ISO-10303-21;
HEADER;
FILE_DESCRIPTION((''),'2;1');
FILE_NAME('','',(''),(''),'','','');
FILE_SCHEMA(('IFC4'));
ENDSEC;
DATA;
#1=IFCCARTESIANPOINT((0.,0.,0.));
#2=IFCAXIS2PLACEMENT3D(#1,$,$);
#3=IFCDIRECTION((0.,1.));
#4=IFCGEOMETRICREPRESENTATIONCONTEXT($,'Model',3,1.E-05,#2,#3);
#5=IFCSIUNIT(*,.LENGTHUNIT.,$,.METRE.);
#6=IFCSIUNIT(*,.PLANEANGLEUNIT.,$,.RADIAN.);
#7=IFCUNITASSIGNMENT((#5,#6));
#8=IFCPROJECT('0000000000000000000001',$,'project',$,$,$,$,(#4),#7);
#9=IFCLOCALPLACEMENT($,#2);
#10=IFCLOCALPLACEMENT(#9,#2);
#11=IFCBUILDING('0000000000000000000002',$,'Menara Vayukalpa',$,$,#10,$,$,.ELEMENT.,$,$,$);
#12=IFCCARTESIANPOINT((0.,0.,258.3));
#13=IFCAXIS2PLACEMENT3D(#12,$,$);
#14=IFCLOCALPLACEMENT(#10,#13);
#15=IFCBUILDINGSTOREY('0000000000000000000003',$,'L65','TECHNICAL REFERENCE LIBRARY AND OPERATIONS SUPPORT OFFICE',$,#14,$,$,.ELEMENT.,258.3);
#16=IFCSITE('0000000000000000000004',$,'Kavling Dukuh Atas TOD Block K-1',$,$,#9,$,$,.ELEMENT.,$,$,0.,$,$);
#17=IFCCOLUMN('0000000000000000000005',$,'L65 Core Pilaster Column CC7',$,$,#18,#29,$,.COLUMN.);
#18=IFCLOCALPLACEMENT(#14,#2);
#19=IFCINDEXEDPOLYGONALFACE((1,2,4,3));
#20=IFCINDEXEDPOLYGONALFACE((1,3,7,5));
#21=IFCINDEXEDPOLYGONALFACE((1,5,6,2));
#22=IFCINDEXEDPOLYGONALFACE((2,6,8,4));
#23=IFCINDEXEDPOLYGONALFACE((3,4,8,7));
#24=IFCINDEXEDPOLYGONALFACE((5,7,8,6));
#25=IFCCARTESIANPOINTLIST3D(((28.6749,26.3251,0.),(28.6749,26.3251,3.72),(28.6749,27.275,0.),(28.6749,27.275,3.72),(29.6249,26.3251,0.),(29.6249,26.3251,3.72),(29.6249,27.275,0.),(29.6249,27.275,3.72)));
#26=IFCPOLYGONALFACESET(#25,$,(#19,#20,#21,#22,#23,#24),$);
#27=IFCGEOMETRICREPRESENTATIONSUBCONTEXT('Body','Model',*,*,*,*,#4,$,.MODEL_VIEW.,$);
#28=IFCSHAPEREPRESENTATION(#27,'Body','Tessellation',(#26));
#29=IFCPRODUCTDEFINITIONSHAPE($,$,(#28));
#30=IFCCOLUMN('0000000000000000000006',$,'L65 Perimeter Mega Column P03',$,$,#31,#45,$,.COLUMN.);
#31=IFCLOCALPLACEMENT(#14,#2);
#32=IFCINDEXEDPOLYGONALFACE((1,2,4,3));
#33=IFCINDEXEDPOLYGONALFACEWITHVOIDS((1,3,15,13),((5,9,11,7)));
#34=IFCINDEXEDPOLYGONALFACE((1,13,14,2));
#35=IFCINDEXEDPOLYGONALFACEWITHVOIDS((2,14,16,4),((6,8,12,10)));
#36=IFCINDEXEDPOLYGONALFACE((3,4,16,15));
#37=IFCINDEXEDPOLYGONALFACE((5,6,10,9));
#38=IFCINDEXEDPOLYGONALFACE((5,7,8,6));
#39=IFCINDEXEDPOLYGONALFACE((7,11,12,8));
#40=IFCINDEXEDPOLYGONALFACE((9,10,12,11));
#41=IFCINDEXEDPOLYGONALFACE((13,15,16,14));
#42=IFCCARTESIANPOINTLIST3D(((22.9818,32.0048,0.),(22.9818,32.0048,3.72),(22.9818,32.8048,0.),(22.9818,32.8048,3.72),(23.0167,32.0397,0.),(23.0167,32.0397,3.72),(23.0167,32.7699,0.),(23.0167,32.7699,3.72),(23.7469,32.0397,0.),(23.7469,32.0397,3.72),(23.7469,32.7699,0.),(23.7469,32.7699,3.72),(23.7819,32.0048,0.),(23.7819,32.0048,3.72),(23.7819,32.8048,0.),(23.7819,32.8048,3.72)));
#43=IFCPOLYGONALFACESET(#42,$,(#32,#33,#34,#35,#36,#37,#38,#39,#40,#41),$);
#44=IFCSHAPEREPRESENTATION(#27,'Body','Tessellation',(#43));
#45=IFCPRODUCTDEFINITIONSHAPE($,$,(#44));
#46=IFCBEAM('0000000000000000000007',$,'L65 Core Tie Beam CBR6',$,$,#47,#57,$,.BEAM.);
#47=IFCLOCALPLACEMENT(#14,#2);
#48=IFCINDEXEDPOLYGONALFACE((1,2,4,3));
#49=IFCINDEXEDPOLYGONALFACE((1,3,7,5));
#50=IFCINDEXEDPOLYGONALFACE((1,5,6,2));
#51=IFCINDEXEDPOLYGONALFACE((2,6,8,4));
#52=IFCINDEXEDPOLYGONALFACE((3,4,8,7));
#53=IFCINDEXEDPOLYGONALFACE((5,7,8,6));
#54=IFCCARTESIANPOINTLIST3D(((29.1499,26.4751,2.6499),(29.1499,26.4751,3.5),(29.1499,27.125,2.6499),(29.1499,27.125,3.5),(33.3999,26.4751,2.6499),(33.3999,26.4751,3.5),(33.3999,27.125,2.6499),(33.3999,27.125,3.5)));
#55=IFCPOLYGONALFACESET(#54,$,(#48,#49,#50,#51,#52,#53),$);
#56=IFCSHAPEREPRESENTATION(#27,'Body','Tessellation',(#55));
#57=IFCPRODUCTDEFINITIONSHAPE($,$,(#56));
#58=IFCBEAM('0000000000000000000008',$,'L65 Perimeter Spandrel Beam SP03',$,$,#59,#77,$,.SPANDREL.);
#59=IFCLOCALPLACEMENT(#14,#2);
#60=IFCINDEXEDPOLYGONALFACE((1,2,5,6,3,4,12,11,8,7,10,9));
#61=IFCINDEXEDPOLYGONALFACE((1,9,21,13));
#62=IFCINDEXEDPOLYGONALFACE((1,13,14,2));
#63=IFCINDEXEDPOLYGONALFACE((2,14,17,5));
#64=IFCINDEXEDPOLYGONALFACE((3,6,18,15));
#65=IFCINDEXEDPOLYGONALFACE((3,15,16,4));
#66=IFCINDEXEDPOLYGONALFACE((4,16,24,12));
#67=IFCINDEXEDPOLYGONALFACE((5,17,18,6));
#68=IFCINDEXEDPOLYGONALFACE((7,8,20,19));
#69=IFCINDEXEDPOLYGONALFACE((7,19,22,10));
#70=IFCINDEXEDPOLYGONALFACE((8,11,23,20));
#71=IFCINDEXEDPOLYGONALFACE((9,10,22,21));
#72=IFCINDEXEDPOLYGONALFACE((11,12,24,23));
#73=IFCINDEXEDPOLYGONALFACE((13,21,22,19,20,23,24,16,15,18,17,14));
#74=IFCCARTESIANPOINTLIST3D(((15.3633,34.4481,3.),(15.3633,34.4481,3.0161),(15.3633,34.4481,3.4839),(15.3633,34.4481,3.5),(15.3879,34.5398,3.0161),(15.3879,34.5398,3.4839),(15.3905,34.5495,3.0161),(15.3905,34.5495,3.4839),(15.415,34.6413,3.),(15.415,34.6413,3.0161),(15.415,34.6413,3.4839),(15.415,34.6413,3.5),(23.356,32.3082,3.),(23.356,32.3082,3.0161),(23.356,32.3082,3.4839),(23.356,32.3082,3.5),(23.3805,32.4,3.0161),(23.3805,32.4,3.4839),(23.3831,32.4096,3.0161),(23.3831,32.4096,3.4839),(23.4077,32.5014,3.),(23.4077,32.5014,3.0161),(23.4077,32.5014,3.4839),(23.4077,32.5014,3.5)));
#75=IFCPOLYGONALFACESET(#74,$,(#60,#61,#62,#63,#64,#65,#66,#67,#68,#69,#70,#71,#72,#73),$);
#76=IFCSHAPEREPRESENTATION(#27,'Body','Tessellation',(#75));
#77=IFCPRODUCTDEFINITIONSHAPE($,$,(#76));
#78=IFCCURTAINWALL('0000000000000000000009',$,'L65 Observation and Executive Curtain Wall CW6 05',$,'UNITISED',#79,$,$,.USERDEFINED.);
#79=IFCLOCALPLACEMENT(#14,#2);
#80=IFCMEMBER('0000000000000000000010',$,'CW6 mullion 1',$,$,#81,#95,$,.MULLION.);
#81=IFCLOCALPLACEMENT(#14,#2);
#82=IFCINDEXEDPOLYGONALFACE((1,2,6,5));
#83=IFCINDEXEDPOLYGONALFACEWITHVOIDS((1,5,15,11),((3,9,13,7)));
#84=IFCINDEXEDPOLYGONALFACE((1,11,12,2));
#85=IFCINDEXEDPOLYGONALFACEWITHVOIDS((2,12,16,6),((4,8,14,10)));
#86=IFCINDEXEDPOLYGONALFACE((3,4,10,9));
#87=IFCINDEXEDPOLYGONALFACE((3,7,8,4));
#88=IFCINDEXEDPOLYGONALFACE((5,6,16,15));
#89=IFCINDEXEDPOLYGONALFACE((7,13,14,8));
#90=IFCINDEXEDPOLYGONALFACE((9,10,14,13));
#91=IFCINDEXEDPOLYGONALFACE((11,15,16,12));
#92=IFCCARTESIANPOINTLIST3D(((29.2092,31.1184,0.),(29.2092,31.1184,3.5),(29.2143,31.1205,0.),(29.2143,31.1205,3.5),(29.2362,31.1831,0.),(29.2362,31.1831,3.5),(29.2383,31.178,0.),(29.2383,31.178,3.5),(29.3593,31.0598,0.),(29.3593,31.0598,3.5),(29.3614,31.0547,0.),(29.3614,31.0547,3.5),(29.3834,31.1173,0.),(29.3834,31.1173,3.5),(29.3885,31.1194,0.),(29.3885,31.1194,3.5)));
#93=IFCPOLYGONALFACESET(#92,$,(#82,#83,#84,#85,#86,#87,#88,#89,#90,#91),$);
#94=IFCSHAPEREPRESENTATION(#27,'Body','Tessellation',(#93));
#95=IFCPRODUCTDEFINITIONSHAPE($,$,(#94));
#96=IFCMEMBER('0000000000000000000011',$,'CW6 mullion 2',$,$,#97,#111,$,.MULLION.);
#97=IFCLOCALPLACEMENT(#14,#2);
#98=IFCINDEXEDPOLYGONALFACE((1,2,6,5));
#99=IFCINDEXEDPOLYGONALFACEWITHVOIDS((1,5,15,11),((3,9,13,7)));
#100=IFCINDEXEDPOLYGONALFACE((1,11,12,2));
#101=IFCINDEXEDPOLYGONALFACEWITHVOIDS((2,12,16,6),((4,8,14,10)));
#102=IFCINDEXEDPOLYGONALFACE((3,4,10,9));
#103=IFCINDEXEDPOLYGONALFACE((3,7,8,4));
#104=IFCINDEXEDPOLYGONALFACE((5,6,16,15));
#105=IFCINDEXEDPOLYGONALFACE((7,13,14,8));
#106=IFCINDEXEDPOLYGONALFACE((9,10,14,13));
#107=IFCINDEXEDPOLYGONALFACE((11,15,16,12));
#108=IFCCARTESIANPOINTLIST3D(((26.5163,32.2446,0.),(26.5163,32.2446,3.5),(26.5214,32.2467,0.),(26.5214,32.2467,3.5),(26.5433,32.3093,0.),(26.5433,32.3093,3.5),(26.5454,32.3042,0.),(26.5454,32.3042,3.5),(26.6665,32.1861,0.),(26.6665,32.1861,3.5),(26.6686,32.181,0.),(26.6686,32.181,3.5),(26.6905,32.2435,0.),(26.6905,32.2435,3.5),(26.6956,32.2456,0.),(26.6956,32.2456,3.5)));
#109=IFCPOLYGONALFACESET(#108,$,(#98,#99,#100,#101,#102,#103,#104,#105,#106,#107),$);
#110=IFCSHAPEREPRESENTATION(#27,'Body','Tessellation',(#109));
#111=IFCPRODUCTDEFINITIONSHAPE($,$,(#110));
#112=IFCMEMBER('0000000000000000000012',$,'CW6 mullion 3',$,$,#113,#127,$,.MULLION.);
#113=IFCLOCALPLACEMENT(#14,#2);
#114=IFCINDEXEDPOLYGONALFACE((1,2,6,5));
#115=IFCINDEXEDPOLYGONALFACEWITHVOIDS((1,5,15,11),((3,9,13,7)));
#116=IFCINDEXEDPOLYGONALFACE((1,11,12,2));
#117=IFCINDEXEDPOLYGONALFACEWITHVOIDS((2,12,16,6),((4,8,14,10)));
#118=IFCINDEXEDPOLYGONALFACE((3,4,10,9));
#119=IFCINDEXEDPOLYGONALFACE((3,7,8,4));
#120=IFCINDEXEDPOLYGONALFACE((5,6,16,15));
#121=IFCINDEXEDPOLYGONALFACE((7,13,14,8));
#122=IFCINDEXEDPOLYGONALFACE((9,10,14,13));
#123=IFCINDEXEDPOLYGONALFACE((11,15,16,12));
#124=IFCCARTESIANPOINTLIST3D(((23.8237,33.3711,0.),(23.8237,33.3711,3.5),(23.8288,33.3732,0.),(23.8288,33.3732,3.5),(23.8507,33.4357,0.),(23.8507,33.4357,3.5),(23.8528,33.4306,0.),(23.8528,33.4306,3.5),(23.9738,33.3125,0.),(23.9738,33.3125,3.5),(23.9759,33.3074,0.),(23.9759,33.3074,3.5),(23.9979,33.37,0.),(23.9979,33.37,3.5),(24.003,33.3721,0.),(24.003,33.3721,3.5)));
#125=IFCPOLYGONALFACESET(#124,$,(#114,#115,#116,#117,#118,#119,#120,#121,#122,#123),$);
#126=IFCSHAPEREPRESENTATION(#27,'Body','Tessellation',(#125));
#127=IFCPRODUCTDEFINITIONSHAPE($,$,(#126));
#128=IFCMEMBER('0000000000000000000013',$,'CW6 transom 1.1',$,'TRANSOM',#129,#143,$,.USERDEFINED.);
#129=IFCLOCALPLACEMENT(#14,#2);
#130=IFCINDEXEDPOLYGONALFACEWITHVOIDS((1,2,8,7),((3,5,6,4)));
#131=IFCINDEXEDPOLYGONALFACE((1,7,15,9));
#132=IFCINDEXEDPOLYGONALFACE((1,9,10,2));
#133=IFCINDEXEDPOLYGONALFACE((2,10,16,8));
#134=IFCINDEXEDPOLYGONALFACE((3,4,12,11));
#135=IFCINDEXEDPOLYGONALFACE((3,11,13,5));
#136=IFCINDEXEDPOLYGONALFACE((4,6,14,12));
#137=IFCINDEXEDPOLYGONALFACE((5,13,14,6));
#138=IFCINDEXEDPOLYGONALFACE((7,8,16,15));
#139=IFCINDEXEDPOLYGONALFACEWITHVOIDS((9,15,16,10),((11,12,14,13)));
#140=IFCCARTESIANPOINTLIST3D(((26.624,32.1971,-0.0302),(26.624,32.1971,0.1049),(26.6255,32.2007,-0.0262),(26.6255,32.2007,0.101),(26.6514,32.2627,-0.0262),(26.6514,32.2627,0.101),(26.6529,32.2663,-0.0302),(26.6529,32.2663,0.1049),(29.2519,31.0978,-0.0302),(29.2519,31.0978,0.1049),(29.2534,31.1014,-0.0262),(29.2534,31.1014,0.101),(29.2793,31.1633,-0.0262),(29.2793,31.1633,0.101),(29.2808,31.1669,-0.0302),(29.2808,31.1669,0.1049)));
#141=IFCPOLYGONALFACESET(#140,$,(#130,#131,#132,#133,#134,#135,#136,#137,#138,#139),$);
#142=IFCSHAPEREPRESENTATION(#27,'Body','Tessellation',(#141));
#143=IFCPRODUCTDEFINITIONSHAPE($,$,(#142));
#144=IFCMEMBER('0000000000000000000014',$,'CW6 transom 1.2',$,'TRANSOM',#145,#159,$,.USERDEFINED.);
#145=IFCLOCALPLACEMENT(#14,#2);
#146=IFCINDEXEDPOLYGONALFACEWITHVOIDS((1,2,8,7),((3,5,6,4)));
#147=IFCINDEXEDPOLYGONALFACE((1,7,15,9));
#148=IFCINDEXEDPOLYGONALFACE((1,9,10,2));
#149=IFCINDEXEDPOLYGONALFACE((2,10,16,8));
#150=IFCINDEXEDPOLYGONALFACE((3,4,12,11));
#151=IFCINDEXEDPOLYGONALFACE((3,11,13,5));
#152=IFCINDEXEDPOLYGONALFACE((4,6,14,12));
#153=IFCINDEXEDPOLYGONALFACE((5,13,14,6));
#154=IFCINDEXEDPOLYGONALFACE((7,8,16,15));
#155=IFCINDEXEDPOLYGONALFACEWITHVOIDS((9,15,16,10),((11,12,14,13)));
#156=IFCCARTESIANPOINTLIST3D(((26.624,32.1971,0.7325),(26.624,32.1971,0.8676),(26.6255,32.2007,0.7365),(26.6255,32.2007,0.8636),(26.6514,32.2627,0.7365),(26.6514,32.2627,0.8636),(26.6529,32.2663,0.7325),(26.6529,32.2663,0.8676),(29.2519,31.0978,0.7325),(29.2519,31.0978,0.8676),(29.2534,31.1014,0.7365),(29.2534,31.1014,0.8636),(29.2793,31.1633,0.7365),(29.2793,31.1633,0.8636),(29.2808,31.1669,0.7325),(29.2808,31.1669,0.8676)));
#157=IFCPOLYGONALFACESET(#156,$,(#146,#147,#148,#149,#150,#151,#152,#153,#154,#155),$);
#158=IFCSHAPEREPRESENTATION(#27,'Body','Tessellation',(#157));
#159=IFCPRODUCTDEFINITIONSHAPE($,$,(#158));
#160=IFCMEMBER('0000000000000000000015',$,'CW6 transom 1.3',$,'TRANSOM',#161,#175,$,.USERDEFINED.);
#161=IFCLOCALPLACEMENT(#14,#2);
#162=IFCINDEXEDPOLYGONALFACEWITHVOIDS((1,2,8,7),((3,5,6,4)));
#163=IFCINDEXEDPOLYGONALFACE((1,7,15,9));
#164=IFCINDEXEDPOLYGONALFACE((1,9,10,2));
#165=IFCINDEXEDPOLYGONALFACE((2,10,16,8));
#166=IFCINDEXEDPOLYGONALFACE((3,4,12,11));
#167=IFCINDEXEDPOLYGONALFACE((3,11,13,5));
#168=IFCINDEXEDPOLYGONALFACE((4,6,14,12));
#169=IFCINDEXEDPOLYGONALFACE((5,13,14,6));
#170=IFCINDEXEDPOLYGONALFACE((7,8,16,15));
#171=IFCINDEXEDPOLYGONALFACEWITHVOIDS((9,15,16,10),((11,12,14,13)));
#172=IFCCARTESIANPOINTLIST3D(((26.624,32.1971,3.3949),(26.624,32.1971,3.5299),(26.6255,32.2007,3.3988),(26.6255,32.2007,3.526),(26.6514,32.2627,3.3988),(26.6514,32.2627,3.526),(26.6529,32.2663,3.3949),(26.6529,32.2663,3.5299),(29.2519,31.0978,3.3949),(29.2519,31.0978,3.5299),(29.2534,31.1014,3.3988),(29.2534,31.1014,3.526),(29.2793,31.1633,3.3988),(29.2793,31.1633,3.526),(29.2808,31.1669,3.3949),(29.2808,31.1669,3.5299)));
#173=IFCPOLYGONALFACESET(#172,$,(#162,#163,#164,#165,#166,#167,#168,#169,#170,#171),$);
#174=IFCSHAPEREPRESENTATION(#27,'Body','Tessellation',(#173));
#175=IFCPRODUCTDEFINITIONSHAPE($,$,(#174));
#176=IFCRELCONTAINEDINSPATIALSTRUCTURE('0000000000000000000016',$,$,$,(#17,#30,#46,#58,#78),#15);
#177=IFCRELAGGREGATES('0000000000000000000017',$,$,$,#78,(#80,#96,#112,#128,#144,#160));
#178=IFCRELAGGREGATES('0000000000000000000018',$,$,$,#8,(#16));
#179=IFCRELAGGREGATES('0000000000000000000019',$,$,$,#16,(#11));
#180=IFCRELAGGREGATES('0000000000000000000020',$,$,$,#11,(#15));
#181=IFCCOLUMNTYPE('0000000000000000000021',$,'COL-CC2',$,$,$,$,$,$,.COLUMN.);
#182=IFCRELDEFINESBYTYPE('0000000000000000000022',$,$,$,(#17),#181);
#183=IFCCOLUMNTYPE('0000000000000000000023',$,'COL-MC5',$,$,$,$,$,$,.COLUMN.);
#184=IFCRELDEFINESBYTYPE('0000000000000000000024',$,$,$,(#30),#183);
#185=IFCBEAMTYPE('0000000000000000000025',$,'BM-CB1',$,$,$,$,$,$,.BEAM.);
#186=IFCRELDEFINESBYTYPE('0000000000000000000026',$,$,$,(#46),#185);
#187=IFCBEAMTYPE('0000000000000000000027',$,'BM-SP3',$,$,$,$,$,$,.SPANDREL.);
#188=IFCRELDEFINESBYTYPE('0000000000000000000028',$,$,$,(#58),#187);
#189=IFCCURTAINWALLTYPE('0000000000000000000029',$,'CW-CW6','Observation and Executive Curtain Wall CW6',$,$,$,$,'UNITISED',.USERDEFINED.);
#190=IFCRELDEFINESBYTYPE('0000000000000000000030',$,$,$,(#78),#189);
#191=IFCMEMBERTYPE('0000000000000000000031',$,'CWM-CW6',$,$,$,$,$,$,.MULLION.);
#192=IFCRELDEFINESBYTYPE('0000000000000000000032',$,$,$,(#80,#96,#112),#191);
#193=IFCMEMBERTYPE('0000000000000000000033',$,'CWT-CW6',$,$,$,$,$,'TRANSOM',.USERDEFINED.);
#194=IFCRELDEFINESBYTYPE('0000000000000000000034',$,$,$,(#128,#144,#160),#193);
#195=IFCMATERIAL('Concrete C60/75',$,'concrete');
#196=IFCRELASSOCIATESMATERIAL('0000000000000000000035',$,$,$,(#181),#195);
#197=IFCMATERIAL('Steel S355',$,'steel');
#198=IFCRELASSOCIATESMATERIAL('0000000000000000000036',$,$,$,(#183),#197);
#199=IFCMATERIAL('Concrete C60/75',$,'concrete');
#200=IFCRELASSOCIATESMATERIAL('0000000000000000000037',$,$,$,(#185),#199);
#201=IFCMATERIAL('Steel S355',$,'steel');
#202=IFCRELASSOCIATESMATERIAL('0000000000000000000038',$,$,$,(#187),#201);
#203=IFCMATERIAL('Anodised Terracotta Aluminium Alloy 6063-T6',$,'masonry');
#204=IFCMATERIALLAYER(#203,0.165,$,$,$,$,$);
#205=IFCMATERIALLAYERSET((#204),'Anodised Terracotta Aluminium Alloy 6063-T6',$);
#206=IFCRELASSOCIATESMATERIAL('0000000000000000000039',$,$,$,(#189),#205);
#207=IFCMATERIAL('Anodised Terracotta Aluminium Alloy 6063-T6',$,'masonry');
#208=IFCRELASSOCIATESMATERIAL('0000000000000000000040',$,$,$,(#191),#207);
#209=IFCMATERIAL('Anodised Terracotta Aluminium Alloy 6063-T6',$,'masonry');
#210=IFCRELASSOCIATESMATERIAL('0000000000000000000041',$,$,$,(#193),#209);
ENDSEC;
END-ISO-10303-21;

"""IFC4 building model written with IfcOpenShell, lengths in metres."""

from ifc_helpers import new_model, si_unit, direction, frame, origin, origin_2d, place, context, subcontext, project, spatial, rectangle, hollow_rectangle, i_section, extrude, material, layer, layer_set, material_profile, profile_set, type_object, element, aggregate, save


model = new_model("IFC4")

# Units and contexts
model_context = context("Model", 3, precision=1e-05, world=origin(), true_north=direction((0.0, 1.0)))
body_context = subcontext(model_context, "Body", "Model", "MODEL_VIEW")
ifc_project = project(units=[si_unit("LENGTHUNIT", "METRE"), si_unit("PLANEANGLEUNIT", "RADIAN")], contexts=[model_context])

# Site, building, storey
site_placement = place(None, origin())
site = spatial("IfcSite", under=ifc_project, at=site_placement, Name="Kavling Dukuh Atas TOD Block K-1", CompositionType="ELEMENT", RefElevation=0.0)
building_placement = place(site_placement, origin())
building = spatial("IfcBuilding", under=site, at=building_placement, Name="Menara Vayukalpa", CompositionType="ELEMENT")
storey_placement = place(building_placement, frame((0.0, 0.0, 258.3)))
storey = spatial("IfcBuildingStorey", under=building, at=storey_placement, Name="L65", Description="TECHNICAL REFERENCE LIBRARY AND OPERATIONS SUPPORT OFFICE", CompositionType="ELEMENT", Elevation=258.3)

# Columns
ifc_material_1 = material(Name="Concrete C60/75", Category="concrete")
ifc_material_profile_1 = material_profile(ifc_material_1, rectangle(XDim=0.95, YDim=0.95, at=origin_2d()), Name="RC 950x950")
ifc_profile_set_1 = profile_set([ifc_material_profile_1], Name="Concrete C60/75")
column_type_1 = type_object("IfcColumnType", Name="COL-CC2", PredefinedType="COLUMN", material=ifc_profile_set_1)
column_1_placement = place(storey_placement, frame((29.1499, 26.8, 0.0), z_axis=(0.0, 0.0, 1.0), x_axis=(1.0, 0.0, 0.0)))
element("IfcColumn", 1, at=column_1_placement, inside=storey, type_object=column_type_1, Name="L65 Core Pilaster Column CC7", PredefinedType="COLUMN", context=body_context, shape_type="SweptSolid", body=[
    extrude(rectangle(XDim=0.95, YDim=0.95, at=origin_2d()), origin(), (0.0, 0.0, 1.0), 3.72),
])
ifc_material_2 = material(Name="Steel S355", Category="steel")
ifc_material_profile_2 = material_profile(ifc_material_2, hollow_rectangle(XDim=0.8, YDim=0.8, WallThickness=0.0349, at=origin_2d()), Name="BOX 800x800x35")
ifc_profile_set_2 = profile_set([ifc_material_profile_2], Name="Steel S355")
column_type_2 = type_object("IfcColumnType", Name="COL-MC5", PredefinedType="COLUMN", material=ifc_profile_set_2)
column_2_placement = place(storey_placement, frame((23.3818, 32.4048, 0.0), z_axis=(0.0, 0.0, 1.0), x_axis=(1.0, 0.0, 0.0)))
element("IfcColumn", 2, at=column_2_placement, inside=storey, type_object=column_type_2, Name="L65 Perimeter Mega Column P03", PredefinedType="COLUMN", context=body_context, shape_type="SweptSolid", body=[
    extrude(hollow_rectangle(XDim=0.8, YDim=0.8, WallThickness=0.0349, at=origin_2d()), origin(), (0.0, 0.0, 1.0), 3.72),
])

# Beams
ifc_material_3 = material(Name="Concrete C60/75", Category="concrete")
ifc_material_profile_3 = material_profile(ifc_material_3, rectangle(XDim=0.6499, YDim=0.8501, at=origin_2d()), Name="RC 650x850")
ifc_profile_set_3 = profile_set([ifc_material_profile_3], Name="Concrete C60/75")
beam_type_1 = type_object("IfcBeamType", Name="BM-CB1", PredefinedType="BEAM", material=ifc_profile_set_3)
beam_1_placement = place(storey_placement, frame((29.1499, 26.8, 3.075), z_axis=(1.0, 0.0, 0.0), x_axis=(0.0, 1.0, 0.0)))
element("IfcBeam", 3, at=beam_1_placement, inside=storey, type_object=beam_type_1, Name="L65 Core Tie Beam CBR6", PredefinedType="BEAM", context=body_context, shape_type="SweptSolid", body=[
    extrude(rectangle(XDim=0.6499, YDim=0.8501, at=origin_2d()), origin(), (0.0, 0.0, 1.0), 4.25),
])
ifc_material_4 = material(Name="Steel S355", Category="steel")
ifc_material_profile_4 = material_profile(ifc_material_4, i_section(OverallWidth=0.2, OverallDepth=0.5, WebThickness=0.01, FlangeThickness=0.0161, at=origin_2d()), Name="WF 500x200x10x16")
ifc_profile_set_4 = profile_set([ifc_material_profile_4], Name="Steel S355")
beam_type_2 = type_object("IfcBeamType", Name="BM-SP3", PredefinedType="SPANDREL", material=ifc_profile_set_4)
beam_2_placement = place(storey_placement, frame((23.3818, 32.4048, 3.25), z_axis=(-0.965978, 0.258623, 0.0), x_axis=(-0.258623, -0.965978, 0.0)))
element("IfcBeam", 4, at=beam_2_placement, inside=storey, type_object=beam_type_2, Name="L65 Perimeter Spandrel Beam SP03", PredefinedType="SPANDREL", context=body_context, shape_type="SweptSolid", body=[
    extrude(i_section(OverallWidth=0.2, OverallDepth=0.5, WebThickness=0.01, FlangeThickness=0.0161, at=origin_2d()), origin(), (0.0, 0.0, 1.0), 8.2742),
])

# Curtain wall, members
ifc_material_5 = material(Name="Anodised Terracotta Aluminium Alloy 6063-T6", Category="masonry")
ifc_layer_1 = layer(ifc_material_5, 0.165)
ifc_layer_set_1 = layer_set([ifc_layer_1], Name="Anodised Terracotta Aluminium Alloy 6063-T6")
curtain_wall_type = type_object("IfcCurtainWallType", Name="CW-CW6", Description="Observation and Executive Curtain Wall CW6", ElementType="UNITISED", PredefinedType="USERDEFINED", material=ifc_layer_set_1)
curtain_wall_placement = place(storey_placement, origin())
curtain_wall = element("IfcCurtainWall", 5, at=curtain_wall_placement, inside=storey, type_object=curtain_wall_type, Name="L65 Observation and Executive Curtain Wall CW6 05", ObjectType="UNITISED", PredefinedType="USERDEFINED")
ifc_material_6 = material(Name="Anodised Terracotta Aluminium Alloy 6063-T6", Category="masonry")
ifc_material_profile_5 = material_profile(ifc_material_6, hollow_rectangle(XDim=0.0701, YDim=0.165, WallThickness=0.0039, at=origin_2d()), Name="ALU 70x165x4")
ifc_profile_set_5 = profile_set([ifc_material_profile_5], Name="Anodised Terracotta Aluminium Alloy 6063-T6")
member_type_1 = type_object("IfcMemberType", Name="CWM-CW6", PredefinedType="MULLION", material=ifc_profile_set_5)
member_1_placement = place(storey_placement, frame((29.2988, 31.1189, 0.0), z_axis=(0.0, 0.0, 1.0), x_axis=(-0.3859, -0.922541, 0.0)))
member_1 = element("IfcMember", 6, at=member_1_placement, type_object=member_type_1, Name="CW6 mullion 1", PredefinedType="MULLION", context=body_context, shape_type="SweptSolid", body=[
    extrude(hollow_rectangle(XDim=0.0701, YDim=0.165, WallThickness=0.0039, at=origin_2d()), origin(), (0.0, 0.0, 1.0), 3.5),
])
member_2_placement = place(storey_placement, frame((26.606, 32.2451, 0.0), z_axis=(0.0, 0.0, 1.0), x_axis=(-0.3859, -0.922541, 0.0)))
member_2 = element("IfcMember", 7, at=member_2_placement, type_object=member_type_1, Name="CW6 mullion 2", PredefinedType="MULLION", context=body_context, shape_type="SweptSolid", body=[
    extrude(hollow_rectangle(XDim=0.0701, YDim=0.165, WallThickness=0.0039, at=origin_2d()), origin(), (0.0, 0.0, 1.0), 3.5),
])
member_3_placement = place(storey_placement, frame((23.9133, 33.3716, 0.0), z_axis=(0.0, 0.0, 1.0), x_axis=(-0.3859, -0.922541, 0.0)))
member_3 = element("IfcMember", 8, at=member_3_placement, type_object=member_type_1, Name="CW6 mullion 3", PredefinedType="MULLION", context=body_context, shape_type="SweptSolid", body=[
    extrude(hollow_rectangle(XDim=0.0701, YDim=0.165, WallThickness=0.0039, at=origin_2d()), origin(), (0.0, 0.0, 1.0), 3.5),
])
ifc_material_7 = material(Name="Anodised Terracotta Aluminium Alloy 6063-T6", Category="masonry")
ifc_material_profile_6 = material_profile(ifc_material_7, hollow_rectangle(XDim=0.075, YDim=0.135, WallThickness=0.0039, at=origin_2d()), Name="ALU 75x135x4")
ifc_profile_set_6 = profile_set([ifc_material_profile_6], Name="Anodised Terracotta Aluminium Alloy 6063-T6")
member_type_2 = type_object("IfcMemberType", Name="CWT-CW6", ElementType="TRANSOM", PredefinedType="USERDEFINED", material=ifc_profile_set_6)
member_4_placement = place(storey_placement, frame((29.2664, 31.1323, 0.0374), z_axis=(-0.922528, 0.385929, 0.0), x_axis=(-0.385929, -0.922528, 0.0)))
member_4 = element("IfcMember", 9, at=member_4_placement, type_object=member_type_2, Name="CW6 transom 1.1", ObjectType="TRANSOM", PredefinedType="USERDEFINED", context=body_context, shape_type="SweptSolid", body=[
    extrude(hollow_rectangle(XDim=0.075, YDim=0.135, WallThickness=0.0039, at=origin_2d()), origin(), (0.0, 0.0, 1.0), 2.8486),
])
member_5_placement = place(storey_placement, frame((29.2664, 31.1323, 0.8), z_axis=(-0.922528, 0.385929, 0.0), x_axis=(-0.385929, -0.922528, 0.0)))
member_5 = element("IfcMember", 10, at=member_5_placement, type_object=member_type_2, Name="CW6 transom 1.2", ObjectType="TRANSOM", PredefinedType="USERDEFINED", context=body_context, shape_type="SweptSolid", body=[
    extrude(hollow_rectangle(XDim=0.075, YDim=0.135, WallThickness=0.0039, at=origin_2d()), origin(), (0.0, 0.0, 1.0), 2.8486),
])
member_6_placement = place(storey_placement, frame((29.2664, 31.1323, 3.4624), z_axis=(-0.922528, 0.385929, 0.0), x_axis=(-0.385929, -0.922528, 0.0)))
member_6 = element("IfcMember", 11, at=member_6_placement, type_object=member_type_2, Name="CW6 transom 1.3", ObjectType="TRANSOM", PredefinedType="USERDEFINED", context=body_context, shape_type="SweptSolid", body=[
    extrude(hollow_rectangle(XDim=0.075, YDim=0.135, WallThickness=0.0039, at=origin_2d()), origin(), (0.0, 0.0, 1.0), 2.8486),
])
aggregate(curtain_wall, [member_1, member_2, member_3, member_4, member_5, member_6])

save(model, "model.ifc")
